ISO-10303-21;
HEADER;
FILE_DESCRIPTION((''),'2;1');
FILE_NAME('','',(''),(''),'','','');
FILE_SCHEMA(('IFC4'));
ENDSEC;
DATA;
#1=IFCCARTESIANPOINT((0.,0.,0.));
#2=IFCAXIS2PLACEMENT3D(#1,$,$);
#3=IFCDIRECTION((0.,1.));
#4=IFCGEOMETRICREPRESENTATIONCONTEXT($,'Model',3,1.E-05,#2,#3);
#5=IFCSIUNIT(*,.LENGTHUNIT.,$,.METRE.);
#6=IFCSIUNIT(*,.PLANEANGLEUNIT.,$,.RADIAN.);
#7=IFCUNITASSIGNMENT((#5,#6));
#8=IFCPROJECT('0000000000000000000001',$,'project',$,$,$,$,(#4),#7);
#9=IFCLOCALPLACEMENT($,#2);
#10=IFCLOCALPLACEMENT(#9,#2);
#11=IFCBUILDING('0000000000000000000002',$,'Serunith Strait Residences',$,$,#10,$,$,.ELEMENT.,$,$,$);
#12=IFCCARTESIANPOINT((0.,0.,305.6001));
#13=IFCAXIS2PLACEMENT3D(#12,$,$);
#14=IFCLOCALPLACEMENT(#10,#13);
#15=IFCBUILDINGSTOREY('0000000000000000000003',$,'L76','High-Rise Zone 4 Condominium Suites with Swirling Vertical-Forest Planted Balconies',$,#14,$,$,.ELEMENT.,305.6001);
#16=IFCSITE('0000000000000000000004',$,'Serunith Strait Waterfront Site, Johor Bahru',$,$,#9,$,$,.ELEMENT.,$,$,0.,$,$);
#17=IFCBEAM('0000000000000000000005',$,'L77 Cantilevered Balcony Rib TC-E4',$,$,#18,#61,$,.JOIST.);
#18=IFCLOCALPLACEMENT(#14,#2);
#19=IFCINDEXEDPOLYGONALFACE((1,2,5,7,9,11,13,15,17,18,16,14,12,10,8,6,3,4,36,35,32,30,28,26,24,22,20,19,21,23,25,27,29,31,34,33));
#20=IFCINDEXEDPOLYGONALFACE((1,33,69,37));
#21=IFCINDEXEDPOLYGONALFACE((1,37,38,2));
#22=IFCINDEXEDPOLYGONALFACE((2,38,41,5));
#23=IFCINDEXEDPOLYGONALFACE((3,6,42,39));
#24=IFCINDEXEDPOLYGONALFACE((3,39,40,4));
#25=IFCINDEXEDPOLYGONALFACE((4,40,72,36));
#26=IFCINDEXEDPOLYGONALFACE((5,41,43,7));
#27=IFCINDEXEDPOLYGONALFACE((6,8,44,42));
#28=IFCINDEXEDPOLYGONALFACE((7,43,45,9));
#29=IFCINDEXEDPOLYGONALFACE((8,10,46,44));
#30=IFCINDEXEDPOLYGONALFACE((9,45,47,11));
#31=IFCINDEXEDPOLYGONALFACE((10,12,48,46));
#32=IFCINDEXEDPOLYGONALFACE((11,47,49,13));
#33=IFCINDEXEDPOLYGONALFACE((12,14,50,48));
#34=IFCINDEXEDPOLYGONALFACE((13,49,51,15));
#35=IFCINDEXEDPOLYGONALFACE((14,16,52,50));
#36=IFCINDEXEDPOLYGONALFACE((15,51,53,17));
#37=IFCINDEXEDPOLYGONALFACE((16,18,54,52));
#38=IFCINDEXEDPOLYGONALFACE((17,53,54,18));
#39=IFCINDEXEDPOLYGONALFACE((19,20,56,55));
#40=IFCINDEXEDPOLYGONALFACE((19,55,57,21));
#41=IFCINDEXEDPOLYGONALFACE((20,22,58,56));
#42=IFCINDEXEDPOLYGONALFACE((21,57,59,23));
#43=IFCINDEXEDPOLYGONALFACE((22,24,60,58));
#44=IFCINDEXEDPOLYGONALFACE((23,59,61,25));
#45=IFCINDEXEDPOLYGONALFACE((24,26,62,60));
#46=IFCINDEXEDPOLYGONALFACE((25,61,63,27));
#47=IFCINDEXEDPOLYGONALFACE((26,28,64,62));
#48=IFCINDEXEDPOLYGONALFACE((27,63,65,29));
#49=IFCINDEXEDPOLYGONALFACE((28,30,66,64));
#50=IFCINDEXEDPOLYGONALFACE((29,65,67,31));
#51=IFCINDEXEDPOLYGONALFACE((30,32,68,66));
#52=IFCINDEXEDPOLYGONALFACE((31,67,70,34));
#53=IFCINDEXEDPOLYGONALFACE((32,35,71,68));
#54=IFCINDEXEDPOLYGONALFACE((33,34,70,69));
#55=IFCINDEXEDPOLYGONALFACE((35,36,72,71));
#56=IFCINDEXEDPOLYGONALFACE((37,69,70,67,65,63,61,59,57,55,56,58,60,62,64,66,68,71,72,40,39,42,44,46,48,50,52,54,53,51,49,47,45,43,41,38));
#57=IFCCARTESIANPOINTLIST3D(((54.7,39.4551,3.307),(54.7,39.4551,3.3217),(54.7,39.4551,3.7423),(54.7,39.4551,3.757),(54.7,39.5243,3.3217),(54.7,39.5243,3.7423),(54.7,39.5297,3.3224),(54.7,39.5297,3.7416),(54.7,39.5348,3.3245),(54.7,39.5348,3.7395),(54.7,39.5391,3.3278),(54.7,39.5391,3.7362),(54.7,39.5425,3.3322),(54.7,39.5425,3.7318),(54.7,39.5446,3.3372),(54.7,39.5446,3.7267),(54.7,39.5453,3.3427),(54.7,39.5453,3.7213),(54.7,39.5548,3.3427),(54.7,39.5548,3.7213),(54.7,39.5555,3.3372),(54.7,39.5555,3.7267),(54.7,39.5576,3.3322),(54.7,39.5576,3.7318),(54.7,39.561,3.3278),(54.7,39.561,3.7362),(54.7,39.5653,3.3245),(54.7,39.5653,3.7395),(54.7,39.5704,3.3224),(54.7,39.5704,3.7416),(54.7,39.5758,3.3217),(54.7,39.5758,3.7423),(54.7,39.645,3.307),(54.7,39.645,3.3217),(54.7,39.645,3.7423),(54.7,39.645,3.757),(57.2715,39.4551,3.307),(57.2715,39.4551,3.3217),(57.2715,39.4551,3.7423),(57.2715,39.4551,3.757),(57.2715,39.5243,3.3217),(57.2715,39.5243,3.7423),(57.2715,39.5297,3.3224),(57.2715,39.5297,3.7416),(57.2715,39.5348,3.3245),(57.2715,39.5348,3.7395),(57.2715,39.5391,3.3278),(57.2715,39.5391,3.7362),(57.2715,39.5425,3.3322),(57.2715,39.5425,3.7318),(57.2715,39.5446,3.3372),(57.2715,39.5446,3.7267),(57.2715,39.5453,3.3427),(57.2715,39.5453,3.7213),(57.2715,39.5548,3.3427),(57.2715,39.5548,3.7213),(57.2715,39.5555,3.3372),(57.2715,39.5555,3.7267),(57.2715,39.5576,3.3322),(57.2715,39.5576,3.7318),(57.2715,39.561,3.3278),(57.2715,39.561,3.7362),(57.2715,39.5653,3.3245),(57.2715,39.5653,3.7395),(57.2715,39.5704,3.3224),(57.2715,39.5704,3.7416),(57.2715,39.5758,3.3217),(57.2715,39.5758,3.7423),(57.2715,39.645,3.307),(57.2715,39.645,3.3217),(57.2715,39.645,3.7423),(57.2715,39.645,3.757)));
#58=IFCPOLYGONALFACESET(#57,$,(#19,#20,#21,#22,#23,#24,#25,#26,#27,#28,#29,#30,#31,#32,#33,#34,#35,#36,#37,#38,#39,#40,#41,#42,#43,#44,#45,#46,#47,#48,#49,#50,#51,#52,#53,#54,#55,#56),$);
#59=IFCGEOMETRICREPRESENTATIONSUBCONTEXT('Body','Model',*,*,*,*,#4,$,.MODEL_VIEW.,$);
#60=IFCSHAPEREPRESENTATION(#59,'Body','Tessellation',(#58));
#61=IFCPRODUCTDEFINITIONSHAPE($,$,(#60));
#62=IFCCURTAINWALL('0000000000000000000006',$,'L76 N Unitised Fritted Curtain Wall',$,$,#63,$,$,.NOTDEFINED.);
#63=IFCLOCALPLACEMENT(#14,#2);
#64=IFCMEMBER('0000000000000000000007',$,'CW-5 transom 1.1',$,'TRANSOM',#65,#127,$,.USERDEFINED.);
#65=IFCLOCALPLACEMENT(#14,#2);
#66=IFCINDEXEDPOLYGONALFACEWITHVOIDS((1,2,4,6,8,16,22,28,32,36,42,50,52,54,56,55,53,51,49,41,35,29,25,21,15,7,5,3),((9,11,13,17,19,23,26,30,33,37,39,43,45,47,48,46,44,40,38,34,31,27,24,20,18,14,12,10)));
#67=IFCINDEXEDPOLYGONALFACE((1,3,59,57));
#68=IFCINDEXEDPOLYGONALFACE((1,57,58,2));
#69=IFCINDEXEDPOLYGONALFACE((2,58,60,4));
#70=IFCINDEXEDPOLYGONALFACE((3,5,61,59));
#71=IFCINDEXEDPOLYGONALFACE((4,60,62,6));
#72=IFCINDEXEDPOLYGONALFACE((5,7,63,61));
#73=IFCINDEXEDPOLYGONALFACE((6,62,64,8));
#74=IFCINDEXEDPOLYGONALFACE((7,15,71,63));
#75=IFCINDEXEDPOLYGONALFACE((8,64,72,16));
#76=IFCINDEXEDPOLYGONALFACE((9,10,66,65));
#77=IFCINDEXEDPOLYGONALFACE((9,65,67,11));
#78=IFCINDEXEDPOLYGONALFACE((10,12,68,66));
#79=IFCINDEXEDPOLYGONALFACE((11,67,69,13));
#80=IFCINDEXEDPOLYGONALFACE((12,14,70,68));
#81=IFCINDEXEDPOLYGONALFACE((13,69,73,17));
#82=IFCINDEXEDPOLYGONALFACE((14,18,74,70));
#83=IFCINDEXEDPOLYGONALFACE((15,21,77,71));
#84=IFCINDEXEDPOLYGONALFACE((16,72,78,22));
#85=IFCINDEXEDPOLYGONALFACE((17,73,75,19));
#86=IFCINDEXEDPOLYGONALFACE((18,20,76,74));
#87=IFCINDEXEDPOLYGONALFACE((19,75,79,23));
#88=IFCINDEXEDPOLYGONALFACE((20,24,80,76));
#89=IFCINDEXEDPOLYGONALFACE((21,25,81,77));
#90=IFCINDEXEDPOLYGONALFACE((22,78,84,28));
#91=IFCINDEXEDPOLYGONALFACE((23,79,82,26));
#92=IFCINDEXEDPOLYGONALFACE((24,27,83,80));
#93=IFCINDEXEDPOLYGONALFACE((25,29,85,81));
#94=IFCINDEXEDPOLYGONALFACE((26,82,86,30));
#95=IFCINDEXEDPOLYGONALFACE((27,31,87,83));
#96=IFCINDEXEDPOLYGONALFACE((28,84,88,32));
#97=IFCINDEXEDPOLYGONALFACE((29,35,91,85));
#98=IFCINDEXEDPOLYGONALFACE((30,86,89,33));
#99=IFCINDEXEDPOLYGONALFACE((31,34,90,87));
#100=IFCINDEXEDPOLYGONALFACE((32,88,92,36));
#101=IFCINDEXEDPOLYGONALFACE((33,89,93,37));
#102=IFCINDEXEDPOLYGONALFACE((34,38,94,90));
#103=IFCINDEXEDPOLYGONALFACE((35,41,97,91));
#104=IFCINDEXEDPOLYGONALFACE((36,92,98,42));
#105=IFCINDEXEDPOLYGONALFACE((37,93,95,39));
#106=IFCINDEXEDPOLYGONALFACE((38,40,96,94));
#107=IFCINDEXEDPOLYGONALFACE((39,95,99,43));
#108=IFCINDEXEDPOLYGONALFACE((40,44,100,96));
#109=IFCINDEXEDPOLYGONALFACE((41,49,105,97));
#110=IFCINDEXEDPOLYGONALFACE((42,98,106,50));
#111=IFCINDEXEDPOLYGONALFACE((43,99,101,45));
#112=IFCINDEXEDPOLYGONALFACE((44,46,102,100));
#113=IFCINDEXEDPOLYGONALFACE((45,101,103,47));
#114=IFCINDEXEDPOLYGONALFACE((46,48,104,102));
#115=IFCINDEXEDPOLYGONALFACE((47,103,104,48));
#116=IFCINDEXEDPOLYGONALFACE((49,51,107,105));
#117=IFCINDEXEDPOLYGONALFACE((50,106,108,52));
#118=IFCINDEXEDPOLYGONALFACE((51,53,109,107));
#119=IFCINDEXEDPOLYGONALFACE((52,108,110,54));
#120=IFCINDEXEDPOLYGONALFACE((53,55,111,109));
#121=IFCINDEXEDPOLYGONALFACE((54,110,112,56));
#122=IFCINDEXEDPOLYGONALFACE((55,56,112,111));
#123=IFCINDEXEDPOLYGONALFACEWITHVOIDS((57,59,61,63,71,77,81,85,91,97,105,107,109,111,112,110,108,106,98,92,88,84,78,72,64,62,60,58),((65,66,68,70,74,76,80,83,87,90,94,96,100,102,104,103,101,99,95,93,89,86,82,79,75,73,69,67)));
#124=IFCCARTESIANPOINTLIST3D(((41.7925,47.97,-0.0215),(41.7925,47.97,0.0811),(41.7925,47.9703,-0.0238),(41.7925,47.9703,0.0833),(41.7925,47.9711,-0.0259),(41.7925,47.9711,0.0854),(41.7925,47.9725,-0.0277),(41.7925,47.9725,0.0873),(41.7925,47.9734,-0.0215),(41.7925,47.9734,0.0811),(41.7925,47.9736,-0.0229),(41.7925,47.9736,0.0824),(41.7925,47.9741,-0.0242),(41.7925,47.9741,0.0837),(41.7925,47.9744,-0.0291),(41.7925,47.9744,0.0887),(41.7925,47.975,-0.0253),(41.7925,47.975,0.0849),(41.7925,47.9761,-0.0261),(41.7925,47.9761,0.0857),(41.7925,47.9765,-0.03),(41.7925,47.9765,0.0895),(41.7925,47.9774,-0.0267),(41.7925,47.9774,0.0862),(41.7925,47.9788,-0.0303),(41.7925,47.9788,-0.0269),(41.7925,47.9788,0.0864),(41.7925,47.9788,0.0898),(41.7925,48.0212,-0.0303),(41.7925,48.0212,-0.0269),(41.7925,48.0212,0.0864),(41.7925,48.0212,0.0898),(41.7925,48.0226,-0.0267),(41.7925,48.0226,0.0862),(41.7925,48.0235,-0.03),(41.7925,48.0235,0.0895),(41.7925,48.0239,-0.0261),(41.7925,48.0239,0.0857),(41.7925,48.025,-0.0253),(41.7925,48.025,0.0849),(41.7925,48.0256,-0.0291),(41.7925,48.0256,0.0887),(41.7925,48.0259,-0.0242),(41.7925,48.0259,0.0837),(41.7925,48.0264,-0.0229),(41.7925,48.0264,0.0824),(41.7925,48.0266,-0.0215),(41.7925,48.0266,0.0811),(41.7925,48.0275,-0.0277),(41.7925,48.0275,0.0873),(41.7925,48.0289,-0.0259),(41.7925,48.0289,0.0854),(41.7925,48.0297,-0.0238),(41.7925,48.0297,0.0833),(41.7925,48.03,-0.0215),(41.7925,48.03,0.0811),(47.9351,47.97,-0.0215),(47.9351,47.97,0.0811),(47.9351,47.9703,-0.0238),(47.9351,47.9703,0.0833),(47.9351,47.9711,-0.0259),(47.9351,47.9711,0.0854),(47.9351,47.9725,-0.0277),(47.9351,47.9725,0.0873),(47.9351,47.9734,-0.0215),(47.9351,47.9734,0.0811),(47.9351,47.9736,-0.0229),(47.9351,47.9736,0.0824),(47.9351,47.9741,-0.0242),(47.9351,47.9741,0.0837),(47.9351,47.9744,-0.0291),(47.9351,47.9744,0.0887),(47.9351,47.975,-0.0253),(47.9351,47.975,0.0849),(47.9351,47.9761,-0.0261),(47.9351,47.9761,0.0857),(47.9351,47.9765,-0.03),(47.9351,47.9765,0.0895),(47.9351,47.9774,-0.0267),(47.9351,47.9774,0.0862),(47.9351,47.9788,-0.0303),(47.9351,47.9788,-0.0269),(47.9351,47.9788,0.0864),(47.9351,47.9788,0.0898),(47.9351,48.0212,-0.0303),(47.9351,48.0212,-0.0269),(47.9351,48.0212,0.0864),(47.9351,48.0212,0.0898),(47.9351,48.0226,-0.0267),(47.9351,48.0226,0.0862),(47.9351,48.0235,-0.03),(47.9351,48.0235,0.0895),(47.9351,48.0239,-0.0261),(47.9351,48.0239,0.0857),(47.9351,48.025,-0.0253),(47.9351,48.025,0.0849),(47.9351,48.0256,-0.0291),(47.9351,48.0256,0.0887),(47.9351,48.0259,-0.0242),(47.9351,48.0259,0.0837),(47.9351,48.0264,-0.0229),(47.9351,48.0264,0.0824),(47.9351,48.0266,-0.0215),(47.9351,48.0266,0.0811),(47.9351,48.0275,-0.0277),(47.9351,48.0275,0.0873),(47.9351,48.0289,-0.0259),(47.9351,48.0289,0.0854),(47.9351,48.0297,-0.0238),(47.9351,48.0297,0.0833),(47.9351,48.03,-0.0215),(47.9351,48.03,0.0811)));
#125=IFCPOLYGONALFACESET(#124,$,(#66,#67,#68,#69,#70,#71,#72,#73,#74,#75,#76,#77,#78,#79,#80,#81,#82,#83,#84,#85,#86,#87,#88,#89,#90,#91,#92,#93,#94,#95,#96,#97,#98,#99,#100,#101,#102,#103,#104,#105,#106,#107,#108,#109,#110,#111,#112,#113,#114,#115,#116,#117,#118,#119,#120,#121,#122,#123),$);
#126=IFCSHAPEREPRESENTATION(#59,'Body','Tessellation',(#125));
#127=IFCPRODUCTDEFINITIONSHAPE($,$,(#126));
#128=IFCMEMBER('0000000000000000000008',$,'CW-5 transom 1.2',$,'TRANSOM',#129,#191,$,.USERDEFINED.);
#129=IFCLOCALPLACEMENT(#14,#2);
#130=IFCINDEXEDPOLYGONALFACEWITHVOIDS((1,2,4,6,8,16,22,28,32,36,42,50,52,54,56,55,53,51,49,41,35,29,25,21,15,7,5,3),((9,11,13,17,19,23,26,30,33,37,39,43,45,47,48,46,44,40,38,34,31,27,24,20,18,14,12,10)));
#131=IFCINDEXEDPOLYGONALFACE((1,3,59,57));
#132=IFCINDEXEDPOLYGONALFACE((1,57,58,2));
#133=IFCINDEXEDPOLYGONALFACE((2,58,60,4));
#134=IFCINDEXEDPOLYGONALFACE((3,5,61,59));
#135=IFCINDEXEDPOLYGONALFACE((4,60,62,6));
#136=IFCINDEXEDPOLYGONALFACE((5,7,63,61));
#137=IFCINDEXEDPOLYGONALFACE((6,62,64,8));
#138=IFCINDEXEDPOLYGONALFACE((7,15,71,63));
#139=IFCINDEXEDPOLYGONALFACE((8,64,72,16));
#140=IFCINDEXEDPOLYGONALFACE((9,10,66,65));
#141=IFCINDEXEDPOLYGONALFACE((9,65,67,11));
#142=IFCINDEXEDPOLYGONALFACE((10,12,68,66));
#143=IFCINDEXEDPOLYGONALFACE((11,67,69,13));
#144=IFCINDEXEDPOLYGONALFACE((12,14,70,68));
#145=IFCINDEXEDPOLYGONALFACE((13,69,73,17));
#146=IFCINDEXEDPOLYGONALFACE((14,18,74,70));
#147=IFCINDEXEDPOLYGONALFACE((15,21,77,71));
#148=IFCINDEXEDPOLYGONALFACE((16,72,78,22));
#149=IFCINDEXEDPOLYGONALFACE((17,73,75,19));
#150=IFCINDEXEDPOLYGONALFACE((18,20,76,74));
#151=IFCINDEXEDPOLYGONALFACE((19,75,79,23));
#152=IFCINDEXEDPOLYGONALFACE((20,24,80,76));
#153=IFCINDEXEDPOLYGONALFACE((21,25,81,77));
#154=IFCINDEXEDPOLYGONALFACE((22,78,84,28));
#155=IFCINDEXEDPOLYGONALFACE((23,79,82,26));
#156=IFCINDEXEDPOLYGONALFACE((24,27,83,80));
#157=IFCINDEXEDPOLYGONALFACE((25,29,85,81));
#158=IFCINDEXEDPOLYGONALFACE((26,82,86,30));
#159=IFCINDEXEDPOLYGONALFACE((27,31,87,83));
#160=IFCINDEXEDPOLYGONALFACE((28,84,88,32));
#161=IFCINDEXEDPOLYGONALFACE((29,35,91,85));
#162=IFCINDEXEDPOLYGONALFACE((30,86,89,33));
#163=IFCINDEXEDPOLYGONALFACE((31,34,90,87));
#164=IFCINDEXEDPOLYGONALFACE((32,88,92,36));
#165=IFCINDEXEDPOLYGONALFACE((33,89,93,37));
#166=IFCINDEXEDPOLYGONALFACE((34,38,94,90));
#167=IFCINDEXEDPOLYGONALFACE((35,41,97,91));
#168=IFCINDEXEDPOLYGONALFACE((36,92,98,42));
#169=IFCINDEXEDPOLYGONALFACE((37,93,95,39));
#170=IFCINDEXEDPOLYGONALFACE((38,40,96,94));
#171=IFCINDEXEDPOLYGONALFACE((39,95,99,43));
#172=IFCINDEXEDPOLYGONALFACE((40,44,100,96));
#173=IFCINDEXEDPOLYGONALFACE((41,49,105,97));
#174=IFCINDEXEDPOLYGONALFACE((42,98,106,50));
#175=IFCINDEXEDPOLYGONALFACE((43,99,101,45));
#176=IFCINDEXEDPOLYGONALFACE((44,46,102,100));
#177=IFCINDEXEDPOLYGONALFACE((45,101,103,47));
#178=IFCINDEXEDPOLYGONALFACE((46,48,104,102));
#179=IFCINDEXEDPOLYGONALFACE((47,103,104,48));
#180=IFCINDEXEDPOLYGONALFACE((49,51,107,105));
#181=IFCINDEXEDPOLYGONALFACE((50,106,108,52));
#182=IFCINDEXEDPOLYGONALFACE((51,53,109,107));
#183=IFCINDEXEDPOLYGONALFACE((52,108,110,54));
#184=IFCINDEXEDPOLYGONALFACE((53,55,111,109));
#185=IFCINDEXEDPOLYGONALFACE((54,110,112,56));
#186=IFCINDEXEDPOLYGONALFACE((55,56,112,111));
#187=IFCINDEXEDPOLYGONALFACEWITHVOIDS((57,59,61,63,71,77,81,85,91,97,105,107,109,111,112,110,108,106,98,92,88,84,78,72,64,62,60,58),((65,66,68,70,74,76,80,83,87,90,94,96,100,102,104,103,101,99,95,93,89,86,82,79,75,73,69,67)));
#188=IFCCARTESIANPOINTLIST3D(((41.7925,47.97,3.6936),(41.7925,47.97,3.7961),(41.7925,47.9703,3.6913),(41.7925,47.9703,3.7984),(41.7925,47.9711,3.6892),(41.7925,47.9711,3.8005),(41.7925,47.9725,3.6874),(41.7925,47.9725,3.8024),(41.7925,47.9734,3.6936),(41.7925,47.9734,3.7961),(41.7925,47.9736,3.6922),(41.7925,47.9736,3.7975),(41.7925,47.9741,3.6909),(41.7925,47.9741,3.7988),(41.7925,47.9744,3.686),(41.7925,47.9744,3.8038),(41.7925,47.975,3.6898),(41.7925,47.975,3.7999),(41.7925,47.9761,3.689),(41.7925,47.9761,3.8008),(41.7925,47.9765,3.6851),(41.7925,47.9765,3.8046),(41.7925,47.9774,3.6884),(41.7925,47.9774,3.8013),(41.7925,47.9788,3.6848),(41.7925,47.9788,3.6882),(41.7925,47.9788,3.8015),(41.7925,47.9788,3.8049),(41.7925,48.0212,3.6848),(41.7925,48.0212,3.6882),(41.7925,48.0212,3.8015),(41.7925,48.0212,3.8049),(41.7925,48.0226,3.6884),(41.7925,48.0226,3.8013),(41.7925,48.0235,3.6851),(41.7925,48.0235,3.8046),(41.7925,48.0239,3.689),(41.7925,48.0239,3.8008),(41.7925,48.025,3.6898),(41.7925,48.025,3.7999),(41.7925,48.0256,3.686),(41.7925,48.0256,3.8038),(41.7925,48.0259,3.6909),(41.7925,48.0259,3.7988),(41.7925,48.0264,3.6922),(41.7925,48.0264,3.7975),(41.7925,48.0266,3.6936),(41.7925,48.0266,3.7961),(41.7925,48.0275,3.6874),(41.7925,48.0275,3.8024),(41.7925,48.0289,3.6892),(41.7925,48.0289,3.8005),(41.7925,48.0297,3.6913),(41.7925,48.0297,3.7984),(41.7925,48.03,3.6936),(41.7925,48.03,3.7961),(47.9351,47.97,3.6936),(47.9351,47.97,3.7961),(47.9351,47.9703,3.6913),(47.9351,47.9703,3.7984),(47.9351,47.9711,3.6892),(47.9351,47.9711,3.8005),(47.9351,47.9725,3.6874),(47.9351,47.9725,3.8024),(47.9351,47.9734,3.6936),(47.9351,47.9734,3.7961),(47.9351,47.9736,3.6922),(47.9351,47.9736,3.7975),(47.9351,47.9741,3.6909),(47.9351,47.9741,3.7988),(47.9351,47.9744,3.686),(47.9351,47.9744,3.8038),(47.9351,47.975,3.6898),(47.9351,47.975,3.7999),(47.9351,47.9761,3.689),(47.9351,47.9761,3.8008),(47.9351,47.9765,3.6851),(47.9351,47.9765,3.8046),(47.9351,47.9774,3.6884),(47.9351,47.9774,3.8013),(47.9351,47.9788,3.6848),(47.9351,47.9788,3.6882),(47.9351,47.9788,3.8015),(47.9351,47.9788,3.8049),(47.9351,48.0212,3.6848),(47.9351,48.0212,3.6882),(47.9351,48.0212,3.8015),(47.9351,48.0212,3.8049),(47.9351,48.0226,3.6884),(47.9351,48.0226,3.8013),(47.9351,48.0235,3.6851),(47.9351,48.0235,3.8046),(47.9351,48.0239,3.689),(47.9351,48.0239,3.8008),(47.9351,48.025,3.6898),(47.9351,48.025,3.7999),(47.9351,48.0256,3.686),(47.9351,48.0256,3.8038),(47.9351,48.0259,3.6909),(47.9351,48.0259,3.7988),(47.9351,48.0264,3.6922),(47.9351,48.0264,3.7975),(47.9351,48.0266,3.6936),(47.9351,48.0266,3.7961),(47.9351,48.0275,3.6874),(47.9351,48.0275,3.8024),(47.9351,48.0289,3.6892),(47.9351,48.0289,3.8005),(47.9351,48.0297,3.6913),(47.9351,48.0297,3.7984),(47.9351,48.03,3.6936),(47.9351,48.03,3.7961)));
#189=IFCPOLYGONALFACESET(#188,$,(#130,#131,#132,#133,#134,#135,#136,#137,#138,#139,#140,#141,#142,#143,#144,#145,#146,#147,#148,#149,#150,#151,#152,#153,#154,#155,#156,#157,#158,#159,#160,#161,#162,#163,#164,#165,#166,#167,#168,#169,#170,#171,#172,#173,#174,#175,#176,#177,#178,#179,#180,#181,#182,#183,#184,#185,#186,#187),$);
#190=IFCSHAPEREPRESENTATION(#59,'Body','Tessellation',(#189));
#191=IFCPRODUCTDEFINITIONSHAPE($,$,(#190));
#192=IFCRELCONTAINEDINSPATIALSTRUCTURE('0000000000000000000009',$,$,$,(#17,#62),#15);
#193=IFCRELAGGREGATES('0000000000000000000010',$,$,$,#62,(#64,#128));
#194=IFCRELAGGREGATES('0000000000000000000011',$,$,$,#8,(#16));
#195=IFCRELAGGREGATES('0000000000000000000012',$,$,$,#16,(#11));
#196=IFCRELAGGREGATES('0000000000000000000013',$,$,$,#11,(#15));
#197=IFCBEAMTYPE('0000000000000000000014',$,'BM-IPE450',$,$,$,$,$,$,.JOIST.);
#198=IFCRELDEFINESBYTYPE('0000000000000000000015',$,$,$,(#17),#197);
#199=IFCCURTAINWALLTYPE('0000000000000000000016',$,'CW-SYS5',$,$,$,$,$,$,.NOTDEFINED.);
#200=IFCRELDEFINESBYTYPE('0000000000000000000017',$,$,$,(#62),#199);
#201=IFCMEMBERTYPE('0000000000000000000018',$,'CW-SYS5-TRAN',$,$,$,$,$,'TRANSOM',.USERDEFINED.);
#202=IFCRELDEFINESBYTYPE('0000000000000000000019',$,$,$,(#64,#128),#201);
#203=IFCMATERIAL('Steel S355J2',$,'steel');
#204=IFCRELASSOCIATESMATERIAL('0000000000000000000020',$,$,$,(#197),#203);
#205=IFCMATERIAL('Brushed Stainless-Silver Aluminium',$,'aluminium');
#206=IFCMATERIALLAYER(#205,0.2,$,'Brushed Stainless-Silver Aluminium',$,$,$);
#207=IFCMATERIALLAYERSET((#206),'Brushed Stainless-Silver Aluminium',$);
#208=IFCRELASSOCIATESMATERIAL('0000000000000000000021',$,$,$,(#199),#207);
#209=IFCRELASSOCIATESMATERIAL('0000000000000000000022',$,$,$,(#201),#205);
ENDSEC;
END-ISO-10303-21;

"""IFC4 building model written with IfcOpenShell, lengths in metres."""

from ifc_helpers import new_model, si_unit, direction, frame, origin, origin_2d, place, context, subcontext, project, spatial, hollow_rectangle, i_section, extrude, source, transform, mapped, material, layer, layer_set, material_profile, profile_set, type_object, element, aggregate, save


model = new_model("IFC4")

# Units and contexts
model_context = context("Model", 3, precision=1e-05, world=origin(), true_north=direction((0.0, 1.0)))
body_context = subcontext(model_context, "Body", "Model", "MODEL_VIEW")
ifc_project = project(units=[si_unit("LENGTHUNIT", "METRE"), si_unit("PLANEANGLEUNIT", "RADIAN")], contexts=[model_context])

# Site, building, storey
site_placement = place(None, origin())
site = spatial("IfcSite", under=ifc_project, at=site_placement, Name="Serunith Strait Waterfront Site, Johor Bahru", CompositionType="ELEMENT", RefElevation=0.0)
building_placement = place(site_placement, origin())
building = spatial("IfcBuilding", under=site, at=building_placement, Name="Serunith Strait Residences", CompositionType="ELEMENT")
storey_placement = place(building_placement, frame((0.0, 0.0, 305.6001)))
storey = spatial("IfcBuildingStorey", under=building, at=storey_placement, Name="L76", Description="High-Rise Zone 4 Condominium Suites with Swirling Vertical-Forest Planted Balconies", CompositionType="ELEMENT", Elevation=305.6001)

# Beam
ifc_material_1 = material(Name="Steel S355J2", Category="steel")
ifc_material_profile_1 = material_profile(ifc_material_1, i_section(OverallWidth=0.1899, OverallDepth=0.45, WebThickness=0.0095, FlangeThickness=0.0146, FilletRadius=0.021, at=origin_2d()), Name="IPE 450")
ifc_profile_set_1 = profile_set([ifc_material_profile_1], Name="Steel S355J2")
beam_type_1 = type_object("IfcBeamType", Name="BM-IPE450", PredefinedType="JOIST", material=ifc_profile_set_1)
shared_shape_1 = source(origin(), body_context, "Body", "SweptSolid", [
    extrude(i_section(OverallWidth=0.1899, OverallDepth=0.45, WebThickness=0.0095, FlangeThickness=0.0146, FilletRadius=0.021, at=origin_2d()), origin(), (0.0, 0.0, 1.0), 2.5715),
])
beam_1_placement = place(storey_placement, frame((54.7, 39.55, 3.532), z_axis=(1.0, 0.0, 0.0), x_axis=(0.0, 1.0, 0.0)))
element("IfcBeam", 1, at=beam_1_placement, inside=storey, type_object=beam_type_1, Name="L77 Cantilevered Balcony Rib TC-E4", PredefinedType="JOIST", context=body_context, shape_type="MappedRepresentation", body=[
    mapped(shared_shape_1, transform((0.0, 0.0, 0.0), scale=1.0)),
])

# Curtain wall, members
ifc_material_2 = material(Name="Brushed Stainless-Silver Aluminium", Category="aluminium")
ifc_layer_1 = layer(ifc_material_2, 0.2, Name="Brushed Stainless-Silver Aluminium")
ifc_layer_set_1 = layer_set([ifc_layer_1], Name="Brushed Stainless-Silver Aluminium")
curtain_wall_type = type_object("IfcCurtainWallType", Name="CW-SYS5", PredefinedType="NOTDEFINED", material=ifc_layer_set_1)
curtain_wall_1_placement = place(storey_placement, origin())
curtain_wall_1 = element("IfcCurtainWall", 2, at=curtain_wall_1_placement, inside=storey, type_object=curtain_wall_type, Name="L76 N Unitised Fritted Curtain Wall", PredefinedType="NOTDEFINED")
ifc_material_profile_2 = material_profile(ifc_material_2, hollow_rectangle(XDim=0.0601, YDim=0.1201, WallThickness=0.0034, InnerFilletRadius=0.0054, OuterFilletRadius=0.0088, at=origin_2d()), Name="ALU 120x60x3.5")
ifc_profile_set_2 = profile_set([ifc_material_profile_2], Name="Brushed Stainless-Silver Aluminium")
member_type_1 = type_object("IfcMemberType", Name="CW-SYS5-TRAN", ElementType="TRANSOM", PredefinedType="USERDEFINED", material=ifc_profile_set_2)
shared_shape_2 = source(origin(), body_context, "Body", "SweptSolid", [
    extrude(hollow_rectangle(XDim=0.0601, YDim=0.1201, WallThickness=0.0034, InnerFilletRadius=0.0054, OuterFilletRadius=0.0088, at=origin_2d()), origin(), (0.0, 0.0, 1.0), 6.1426),
])
member_1_placement = place(storey_placement, frame((47.9351, 48.0, 0.0298), z_axis=(-1.0, 0.0, 0.0), x_axis=(0.0, -1.0, 0.0)))
member_1 = element("IfcMember", 3, at=member_1_placement, type_object=member_type_1, Name="CW-5 transom 1.1", ObjectType="TRANSOM", PredefinedType="USERDEFINED", context=body_context, shape_type="MappedRepresentation", body=[
    mapped(shared_shape_2, transform((0.0, 0.0, 0.0), scale=1.0)),
])
member_2_placement = place(storey_placement, frame((47.9351, 48.0, 3.7449), z_axis=(-1.0, 0.0, 0.0), x_axis=(0.0, -1.0, 0.0)))
member_2 = element("IfcMember", 4, at=member_2_placement, type_object=member_type_1, Name="CW-5 transom 1.2", ObjectType="TRANSOM", PredefinedType="USERDEFINED", context=body_context, shape_type="MappedRepresentation", body=[
    mapped(shared_shape_2, transform((0.0, 0.0, 0.0), scale=1.0)),
])

aggregate(curtain_wall_1, [member_1, member_2])

save(model, "model.ifc")
